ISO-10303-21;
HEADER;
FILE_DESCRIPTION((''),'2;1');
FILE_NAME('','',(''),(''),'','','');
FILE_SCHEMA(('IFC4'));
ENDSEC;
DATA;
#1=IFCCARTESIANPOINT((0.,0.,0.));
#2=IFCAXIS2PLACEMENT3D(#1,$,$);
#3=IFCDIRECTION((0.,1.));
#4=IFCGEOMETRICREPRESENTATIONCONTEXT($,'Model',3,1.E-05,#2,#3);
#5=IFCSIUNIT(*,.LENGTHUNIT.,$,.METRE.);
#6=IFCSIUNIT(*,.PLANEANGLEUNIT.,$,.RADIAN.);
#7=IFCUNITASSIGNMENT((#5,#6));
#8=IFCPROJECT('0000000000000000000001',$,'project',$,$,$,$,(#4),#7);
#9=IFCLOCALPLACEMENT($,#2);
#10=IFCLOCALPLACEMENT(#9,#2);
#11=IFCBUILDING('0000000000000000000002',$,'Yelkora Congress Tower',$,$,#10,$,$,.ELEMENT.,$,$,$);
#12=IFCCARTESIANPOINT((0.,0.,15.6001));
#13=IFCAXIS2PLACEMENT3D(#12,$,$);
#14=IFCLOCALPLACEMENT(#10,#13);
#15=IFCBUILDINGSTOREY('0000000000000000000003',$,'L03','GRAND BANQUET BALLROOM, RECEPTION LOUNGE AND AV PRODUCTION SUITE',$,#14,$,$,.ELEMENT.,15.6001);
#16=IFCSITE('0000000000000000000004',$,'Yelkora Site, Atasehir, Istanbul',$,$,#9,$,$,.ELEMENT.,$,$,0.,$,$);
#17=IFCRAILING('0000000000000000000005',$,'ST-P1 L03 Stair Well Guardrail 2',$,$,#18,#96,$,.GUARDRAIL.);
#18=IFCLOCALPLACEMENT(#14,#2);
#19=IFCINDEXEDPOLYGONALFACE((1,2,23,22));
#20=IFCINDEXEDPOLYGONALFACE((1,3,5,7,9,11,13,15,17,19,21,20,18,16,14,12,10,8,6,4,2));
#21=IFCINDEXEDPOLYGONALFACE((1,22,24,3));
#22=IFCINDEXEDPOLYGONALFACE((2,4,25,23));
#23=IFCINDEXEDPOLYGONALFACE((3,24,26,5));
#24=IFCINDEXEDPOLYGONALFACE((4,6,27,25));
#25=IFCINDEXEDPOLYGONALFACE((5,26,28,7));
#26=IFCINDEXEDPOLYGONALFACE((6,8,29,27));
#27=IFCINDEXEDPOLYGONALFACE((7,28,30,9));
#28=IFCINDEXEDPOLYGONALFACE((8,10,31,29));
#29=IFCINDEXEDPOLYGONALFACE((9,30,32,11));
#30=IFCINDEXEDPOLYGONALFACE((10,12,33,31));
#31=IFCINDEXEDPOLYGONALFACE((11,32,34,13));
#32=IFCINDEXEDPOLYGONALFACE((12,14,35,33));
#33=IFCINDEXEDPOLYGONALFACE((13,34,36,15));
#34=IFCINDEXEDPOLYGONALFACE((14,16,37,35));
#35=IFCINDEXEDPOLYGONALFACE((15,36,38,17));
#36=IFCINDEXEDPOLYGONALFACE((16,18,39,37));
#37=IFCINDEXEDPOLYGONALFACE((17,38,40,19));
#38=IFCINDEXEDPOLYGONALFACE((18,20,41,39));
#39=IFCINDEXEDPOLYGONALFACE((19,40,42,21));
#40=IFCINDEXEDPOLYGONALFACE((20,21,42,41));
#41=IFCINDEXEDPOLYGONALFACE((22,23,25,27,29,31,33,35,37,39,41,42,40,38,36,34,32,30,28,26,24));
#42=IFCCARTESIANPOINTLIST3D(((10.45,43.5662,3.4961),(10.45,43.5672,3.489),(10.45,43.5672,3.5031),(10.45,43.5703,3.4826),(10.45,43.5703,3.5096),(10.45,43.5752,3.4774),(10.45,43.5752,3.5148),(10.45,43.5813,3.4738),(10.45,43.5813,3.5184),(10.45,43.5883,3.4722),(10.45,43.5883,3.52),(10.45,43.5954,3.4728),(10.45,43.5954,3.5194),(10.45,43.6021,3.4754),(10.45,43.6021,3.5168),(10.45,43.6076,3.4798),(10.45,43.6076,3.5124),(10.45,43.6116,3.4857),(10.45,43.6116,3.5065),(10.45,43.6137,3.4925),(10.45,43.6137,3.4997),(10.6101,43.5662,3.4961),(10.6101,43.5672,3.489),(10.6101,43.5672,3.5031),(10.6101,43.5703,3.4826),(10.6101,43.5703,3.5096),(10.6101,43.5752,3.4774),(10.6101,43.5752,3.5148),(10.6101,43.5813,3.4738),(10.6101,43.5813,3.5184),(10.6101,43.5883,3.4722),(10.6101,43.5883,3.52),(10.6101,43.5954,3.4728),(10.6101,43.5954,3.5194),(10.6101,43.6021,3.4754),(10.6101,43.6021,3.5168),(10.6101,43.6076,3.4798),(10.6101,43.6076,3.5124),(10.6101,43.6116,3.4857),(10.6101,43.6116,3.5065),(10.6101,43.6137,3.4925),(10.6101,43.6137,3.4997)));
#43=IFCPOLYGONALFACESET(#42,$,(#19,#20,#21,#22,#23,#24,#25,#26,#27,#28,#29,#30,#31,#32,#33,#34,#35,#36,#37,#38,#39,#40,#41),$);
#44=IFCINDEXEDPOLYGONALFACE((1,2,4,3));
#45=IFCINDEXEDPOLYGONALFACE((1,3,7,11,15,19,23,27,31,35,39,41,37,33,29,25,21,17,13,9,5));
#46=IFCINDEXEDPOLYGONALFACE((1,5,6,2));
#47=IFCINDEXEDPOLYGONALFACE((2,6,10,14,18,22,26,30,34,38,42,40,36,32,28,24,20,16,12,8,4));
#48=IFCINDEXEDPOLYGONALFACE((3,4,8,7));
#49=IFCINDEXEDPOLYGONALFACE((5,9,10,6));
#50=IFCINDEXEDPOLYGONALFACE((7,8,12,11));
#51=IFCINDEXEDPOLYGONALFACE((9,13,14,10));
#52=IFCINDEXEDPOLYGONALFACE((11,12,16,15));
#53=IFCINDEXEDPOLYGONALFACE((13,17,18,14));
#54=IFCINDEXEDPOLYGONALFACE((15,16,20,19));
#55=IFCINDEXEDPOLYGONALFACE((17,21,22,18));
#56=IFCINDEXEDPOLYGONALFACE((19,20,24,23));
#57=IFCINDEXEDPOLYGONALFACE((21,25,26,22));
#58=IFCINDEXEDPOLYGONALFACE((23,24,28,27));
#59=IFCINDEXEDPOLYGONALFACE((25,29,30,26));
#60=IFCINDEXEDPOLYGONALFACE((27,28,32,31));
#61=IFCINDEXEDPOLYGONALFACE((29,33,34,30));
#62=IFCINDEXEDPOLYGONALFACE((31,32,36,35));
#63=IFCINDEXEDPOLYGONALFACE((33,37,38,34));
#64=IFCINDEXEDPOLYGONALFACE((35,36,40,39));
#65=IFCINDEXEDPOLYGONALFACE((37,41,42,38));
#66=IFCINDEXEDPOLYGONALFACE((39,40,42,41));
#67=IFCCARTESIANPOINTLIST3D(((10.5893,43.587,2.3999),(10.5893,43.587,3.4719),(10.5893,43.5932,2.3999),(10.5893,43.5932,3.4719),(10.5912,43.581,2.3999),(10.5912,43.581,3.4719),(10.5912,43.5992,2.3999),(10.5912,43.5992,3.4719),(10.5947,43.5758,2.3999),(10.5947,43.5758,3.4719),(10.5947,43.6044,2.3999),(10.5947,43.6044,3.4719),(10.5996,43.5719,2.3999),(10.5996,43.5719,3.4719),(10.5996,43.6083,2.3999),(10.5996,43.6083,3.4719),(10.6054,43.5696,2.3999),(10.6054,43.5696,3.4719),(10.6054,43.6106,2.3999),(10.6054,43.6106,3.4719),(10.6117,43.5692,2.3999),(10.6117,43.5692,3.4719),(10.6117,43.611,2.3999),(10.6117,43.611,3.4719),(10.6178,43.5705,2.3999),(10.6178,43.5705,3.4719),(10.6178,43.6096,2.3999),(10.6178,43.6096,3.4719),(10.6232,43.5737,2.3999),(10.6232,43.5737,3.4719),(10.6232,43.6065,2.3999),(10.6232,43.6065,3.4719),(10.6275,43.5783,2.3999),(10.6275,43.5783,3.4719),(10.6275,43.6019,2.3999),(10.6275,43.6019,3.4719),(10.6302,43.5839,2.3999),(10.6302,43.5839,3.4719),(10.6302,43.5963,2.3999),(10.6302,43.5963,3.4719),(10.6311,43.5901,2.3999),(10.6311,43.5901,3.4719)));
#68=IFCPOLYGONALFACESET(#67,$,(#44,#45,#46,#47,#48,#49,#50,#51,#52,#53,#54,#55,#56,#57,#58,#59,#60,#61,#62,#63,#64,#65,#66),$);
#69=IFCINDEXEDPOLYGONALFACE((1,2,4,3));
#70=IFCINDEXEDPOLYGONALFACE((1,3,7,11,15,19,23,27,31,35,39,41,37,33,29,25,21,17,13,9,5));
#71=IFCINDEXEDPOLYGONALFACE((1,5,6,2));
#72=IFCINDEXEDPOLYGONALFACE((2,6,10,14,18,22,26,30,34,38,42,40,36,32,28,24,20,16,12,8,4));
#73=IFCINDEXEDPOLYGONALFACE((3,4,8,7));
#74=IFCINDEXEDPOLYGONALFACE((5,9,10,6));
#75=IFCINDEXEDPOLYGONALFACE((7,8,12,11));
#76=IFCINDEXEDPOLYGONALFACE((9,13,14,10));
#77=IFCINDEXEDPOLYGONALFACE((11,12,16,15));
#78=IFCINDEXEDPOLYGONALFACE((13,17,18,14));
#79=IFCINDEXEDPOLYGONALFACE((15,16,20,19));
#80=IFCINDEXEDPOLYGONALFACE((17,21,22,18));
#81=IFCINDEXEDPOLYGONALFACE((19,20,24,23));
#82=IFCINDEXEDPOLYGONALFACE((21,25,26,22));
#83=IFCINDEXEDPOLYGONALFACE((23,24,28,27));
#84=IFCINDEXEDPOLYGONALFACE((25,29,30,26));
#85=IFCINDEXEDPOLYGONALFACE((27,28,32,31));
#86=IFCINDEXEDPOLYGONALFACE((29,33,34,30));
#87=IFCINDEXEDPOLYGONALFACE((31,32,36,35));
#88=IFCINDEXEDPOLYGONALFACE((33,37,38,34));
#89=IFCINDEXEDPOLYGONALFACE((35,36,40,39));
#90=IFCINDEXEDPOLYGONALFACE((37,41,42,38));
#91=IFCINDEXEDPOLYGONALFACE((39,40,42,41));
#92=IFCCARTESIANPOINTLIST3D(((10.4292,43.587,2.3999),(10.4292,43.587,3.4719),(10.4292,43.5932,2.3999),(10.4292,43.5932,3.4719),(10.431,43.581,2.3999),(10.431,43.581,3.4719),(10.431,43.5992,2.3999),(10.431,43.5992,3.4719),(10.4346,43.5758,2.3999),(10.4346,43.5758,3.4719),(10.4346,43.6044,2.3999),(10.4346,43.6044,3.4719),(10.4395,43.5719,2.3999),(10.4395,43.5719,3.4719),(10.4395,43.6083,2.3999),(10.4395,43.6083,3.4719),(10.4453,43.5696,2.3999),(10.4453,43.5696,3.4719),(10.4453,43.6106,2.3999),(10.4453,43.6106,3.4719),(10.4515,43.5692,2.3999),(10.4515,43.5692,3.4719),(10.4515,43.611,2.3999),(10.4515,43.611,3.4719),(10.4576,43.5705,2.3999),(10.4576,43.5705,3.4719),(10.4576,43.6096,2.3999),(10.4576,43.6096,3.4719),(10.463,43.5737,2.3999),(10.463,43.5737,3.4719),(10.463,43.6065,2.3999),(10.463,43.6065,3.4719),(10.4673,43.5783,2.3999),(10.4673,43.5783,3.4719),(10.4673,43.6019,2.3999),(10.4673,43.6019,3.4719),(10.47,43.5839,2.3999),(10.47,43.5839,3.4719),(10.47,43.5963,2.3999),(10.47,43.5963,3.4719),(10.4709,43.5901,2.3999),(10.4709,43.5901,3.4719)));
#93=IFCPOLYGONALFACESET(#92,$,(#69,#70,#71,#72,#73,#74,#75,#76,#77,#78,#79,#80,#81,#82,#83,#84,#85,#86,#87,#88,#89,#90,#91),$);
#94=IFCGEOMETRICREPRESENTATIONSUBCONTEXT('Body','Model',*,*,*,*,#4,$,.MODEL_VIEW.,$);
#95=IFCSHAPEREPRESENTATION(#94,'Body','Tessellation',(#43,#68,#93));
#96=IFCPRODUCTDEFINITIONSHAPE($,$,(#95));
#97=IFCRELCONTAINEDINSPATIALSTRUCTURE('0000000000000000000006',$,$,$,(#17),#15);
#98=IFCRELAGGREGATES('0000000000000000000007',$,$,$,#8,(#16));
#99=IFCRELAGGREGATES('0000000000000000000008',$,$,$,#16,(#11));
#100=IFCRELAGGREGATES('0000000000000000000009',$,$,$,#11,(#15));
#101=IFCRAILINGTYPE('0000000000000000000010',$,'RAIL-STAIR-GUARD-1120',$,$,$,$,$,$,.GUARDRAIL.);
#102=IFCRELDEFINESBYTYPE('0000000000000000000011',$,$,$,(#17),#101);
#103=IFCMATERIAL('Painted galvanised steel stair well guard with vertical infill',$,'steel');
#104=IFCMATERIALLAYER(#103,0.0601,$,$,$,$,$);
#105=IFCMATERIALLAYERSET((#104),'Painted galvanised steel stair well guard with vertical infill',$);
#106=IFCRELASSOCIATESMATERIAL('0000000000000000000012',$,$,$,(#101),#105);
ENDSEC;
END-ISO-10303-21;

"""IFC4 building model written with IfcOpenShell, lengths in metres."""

from ifc_helpers import new_model, si_unit, direction, frame, origin, origin_2d, place, context, subcontext, project, spatial, circle, extrude, material, layer, layer_set, type_object, element, save


model = new_model("IFC4")

# Units and contexts
model_context = context("Model", 3, precision=1e-05, world=origin(), true_north=direction((0.0, 1.0)))
body_context = subcontext(model_context, "Body", "Model", "MODEL_VIEW")
ifc_project = project(units=[si_unit("LENGTHUNIT", "METRE"), si_unit("PLANEANGLEUNIT", "RADIAN")], contexts=[model_context])

# Site, building, storey
site_placement = place(None, origin())
site = spatial("IfcSite", under=ifc_project, at=site_placement, Name="Yelkora Site, Atasehir, Istanbul", CompositionType="ELEMENT", RefElevation=0.0)
building_placement = place(site_placement, origin())
building = spatial("IfcBuilding", under=site, at=building_placement, Name="Yelkora Congress Tower", CompositionType="ELEMENT")
storey_placement = place(building_placement, frame((0.0, 0.0, 15.6001)))
storey = spatial("IfcBuildingStorey", under=building, at=storey_placement, Name="L03", Description="GRAND BANQUET BALLROOM, RECEPTION LOUNGE AND AV PRODUCTION SUITE", CompositionType="ELEMENT", Elevation=15.6001)

# Railing
ifc_material_1 = material(Name="Painted galvanised steel stair well guard with vertical infill", Category="steel")
ifc_layer_1 = layer(ifc_material_1, 0.0601)
ifc_layer_set_1 = layer_set([ifc_layer_1], Name="Painted galvanised steel stair well guard with vertical infill")
railing_type_1 = type_object("IfcRailingType", Name="RAIL-STAIR-GUARD-1120", PredefinedType="GUARDRAIL", material=ifc_layer_set_1)
railing_1_placement = place(storey_placement, frame((10.6101, 43.5901, 2.3999)))
element("IfcRailing", 1, at=railing_1_placement, inside=storey, type_object=railing_type_1, Name="ST-P1 L03 Stair Well Guardrail 2", PredefinedType="GUARDRAIL", context=body_context, shape_type="SweptSolid", body=[
    extrude(circle(Radius=0.0239, at=origin_2d()), frame((0.0, 0.0, 1.0962), z_axis=(-1.0, 0.0, 0.0), x_axis=(0.0, -1.0, 0.0)), (0.0, 0.0, 1.0), 0.1602),
    extrude(circle(Radius=0.021, at=origin_2d()), origin(), (0.0, 0.0, 1.0), 1.072),
    extrude(circle(Radius=0.021, at=origin_2d()), frame((-0.1602, 0.0, 0.0)), (0.0, 0.0, 1.0), 1.072),
])

save(model, "model.ifc")
